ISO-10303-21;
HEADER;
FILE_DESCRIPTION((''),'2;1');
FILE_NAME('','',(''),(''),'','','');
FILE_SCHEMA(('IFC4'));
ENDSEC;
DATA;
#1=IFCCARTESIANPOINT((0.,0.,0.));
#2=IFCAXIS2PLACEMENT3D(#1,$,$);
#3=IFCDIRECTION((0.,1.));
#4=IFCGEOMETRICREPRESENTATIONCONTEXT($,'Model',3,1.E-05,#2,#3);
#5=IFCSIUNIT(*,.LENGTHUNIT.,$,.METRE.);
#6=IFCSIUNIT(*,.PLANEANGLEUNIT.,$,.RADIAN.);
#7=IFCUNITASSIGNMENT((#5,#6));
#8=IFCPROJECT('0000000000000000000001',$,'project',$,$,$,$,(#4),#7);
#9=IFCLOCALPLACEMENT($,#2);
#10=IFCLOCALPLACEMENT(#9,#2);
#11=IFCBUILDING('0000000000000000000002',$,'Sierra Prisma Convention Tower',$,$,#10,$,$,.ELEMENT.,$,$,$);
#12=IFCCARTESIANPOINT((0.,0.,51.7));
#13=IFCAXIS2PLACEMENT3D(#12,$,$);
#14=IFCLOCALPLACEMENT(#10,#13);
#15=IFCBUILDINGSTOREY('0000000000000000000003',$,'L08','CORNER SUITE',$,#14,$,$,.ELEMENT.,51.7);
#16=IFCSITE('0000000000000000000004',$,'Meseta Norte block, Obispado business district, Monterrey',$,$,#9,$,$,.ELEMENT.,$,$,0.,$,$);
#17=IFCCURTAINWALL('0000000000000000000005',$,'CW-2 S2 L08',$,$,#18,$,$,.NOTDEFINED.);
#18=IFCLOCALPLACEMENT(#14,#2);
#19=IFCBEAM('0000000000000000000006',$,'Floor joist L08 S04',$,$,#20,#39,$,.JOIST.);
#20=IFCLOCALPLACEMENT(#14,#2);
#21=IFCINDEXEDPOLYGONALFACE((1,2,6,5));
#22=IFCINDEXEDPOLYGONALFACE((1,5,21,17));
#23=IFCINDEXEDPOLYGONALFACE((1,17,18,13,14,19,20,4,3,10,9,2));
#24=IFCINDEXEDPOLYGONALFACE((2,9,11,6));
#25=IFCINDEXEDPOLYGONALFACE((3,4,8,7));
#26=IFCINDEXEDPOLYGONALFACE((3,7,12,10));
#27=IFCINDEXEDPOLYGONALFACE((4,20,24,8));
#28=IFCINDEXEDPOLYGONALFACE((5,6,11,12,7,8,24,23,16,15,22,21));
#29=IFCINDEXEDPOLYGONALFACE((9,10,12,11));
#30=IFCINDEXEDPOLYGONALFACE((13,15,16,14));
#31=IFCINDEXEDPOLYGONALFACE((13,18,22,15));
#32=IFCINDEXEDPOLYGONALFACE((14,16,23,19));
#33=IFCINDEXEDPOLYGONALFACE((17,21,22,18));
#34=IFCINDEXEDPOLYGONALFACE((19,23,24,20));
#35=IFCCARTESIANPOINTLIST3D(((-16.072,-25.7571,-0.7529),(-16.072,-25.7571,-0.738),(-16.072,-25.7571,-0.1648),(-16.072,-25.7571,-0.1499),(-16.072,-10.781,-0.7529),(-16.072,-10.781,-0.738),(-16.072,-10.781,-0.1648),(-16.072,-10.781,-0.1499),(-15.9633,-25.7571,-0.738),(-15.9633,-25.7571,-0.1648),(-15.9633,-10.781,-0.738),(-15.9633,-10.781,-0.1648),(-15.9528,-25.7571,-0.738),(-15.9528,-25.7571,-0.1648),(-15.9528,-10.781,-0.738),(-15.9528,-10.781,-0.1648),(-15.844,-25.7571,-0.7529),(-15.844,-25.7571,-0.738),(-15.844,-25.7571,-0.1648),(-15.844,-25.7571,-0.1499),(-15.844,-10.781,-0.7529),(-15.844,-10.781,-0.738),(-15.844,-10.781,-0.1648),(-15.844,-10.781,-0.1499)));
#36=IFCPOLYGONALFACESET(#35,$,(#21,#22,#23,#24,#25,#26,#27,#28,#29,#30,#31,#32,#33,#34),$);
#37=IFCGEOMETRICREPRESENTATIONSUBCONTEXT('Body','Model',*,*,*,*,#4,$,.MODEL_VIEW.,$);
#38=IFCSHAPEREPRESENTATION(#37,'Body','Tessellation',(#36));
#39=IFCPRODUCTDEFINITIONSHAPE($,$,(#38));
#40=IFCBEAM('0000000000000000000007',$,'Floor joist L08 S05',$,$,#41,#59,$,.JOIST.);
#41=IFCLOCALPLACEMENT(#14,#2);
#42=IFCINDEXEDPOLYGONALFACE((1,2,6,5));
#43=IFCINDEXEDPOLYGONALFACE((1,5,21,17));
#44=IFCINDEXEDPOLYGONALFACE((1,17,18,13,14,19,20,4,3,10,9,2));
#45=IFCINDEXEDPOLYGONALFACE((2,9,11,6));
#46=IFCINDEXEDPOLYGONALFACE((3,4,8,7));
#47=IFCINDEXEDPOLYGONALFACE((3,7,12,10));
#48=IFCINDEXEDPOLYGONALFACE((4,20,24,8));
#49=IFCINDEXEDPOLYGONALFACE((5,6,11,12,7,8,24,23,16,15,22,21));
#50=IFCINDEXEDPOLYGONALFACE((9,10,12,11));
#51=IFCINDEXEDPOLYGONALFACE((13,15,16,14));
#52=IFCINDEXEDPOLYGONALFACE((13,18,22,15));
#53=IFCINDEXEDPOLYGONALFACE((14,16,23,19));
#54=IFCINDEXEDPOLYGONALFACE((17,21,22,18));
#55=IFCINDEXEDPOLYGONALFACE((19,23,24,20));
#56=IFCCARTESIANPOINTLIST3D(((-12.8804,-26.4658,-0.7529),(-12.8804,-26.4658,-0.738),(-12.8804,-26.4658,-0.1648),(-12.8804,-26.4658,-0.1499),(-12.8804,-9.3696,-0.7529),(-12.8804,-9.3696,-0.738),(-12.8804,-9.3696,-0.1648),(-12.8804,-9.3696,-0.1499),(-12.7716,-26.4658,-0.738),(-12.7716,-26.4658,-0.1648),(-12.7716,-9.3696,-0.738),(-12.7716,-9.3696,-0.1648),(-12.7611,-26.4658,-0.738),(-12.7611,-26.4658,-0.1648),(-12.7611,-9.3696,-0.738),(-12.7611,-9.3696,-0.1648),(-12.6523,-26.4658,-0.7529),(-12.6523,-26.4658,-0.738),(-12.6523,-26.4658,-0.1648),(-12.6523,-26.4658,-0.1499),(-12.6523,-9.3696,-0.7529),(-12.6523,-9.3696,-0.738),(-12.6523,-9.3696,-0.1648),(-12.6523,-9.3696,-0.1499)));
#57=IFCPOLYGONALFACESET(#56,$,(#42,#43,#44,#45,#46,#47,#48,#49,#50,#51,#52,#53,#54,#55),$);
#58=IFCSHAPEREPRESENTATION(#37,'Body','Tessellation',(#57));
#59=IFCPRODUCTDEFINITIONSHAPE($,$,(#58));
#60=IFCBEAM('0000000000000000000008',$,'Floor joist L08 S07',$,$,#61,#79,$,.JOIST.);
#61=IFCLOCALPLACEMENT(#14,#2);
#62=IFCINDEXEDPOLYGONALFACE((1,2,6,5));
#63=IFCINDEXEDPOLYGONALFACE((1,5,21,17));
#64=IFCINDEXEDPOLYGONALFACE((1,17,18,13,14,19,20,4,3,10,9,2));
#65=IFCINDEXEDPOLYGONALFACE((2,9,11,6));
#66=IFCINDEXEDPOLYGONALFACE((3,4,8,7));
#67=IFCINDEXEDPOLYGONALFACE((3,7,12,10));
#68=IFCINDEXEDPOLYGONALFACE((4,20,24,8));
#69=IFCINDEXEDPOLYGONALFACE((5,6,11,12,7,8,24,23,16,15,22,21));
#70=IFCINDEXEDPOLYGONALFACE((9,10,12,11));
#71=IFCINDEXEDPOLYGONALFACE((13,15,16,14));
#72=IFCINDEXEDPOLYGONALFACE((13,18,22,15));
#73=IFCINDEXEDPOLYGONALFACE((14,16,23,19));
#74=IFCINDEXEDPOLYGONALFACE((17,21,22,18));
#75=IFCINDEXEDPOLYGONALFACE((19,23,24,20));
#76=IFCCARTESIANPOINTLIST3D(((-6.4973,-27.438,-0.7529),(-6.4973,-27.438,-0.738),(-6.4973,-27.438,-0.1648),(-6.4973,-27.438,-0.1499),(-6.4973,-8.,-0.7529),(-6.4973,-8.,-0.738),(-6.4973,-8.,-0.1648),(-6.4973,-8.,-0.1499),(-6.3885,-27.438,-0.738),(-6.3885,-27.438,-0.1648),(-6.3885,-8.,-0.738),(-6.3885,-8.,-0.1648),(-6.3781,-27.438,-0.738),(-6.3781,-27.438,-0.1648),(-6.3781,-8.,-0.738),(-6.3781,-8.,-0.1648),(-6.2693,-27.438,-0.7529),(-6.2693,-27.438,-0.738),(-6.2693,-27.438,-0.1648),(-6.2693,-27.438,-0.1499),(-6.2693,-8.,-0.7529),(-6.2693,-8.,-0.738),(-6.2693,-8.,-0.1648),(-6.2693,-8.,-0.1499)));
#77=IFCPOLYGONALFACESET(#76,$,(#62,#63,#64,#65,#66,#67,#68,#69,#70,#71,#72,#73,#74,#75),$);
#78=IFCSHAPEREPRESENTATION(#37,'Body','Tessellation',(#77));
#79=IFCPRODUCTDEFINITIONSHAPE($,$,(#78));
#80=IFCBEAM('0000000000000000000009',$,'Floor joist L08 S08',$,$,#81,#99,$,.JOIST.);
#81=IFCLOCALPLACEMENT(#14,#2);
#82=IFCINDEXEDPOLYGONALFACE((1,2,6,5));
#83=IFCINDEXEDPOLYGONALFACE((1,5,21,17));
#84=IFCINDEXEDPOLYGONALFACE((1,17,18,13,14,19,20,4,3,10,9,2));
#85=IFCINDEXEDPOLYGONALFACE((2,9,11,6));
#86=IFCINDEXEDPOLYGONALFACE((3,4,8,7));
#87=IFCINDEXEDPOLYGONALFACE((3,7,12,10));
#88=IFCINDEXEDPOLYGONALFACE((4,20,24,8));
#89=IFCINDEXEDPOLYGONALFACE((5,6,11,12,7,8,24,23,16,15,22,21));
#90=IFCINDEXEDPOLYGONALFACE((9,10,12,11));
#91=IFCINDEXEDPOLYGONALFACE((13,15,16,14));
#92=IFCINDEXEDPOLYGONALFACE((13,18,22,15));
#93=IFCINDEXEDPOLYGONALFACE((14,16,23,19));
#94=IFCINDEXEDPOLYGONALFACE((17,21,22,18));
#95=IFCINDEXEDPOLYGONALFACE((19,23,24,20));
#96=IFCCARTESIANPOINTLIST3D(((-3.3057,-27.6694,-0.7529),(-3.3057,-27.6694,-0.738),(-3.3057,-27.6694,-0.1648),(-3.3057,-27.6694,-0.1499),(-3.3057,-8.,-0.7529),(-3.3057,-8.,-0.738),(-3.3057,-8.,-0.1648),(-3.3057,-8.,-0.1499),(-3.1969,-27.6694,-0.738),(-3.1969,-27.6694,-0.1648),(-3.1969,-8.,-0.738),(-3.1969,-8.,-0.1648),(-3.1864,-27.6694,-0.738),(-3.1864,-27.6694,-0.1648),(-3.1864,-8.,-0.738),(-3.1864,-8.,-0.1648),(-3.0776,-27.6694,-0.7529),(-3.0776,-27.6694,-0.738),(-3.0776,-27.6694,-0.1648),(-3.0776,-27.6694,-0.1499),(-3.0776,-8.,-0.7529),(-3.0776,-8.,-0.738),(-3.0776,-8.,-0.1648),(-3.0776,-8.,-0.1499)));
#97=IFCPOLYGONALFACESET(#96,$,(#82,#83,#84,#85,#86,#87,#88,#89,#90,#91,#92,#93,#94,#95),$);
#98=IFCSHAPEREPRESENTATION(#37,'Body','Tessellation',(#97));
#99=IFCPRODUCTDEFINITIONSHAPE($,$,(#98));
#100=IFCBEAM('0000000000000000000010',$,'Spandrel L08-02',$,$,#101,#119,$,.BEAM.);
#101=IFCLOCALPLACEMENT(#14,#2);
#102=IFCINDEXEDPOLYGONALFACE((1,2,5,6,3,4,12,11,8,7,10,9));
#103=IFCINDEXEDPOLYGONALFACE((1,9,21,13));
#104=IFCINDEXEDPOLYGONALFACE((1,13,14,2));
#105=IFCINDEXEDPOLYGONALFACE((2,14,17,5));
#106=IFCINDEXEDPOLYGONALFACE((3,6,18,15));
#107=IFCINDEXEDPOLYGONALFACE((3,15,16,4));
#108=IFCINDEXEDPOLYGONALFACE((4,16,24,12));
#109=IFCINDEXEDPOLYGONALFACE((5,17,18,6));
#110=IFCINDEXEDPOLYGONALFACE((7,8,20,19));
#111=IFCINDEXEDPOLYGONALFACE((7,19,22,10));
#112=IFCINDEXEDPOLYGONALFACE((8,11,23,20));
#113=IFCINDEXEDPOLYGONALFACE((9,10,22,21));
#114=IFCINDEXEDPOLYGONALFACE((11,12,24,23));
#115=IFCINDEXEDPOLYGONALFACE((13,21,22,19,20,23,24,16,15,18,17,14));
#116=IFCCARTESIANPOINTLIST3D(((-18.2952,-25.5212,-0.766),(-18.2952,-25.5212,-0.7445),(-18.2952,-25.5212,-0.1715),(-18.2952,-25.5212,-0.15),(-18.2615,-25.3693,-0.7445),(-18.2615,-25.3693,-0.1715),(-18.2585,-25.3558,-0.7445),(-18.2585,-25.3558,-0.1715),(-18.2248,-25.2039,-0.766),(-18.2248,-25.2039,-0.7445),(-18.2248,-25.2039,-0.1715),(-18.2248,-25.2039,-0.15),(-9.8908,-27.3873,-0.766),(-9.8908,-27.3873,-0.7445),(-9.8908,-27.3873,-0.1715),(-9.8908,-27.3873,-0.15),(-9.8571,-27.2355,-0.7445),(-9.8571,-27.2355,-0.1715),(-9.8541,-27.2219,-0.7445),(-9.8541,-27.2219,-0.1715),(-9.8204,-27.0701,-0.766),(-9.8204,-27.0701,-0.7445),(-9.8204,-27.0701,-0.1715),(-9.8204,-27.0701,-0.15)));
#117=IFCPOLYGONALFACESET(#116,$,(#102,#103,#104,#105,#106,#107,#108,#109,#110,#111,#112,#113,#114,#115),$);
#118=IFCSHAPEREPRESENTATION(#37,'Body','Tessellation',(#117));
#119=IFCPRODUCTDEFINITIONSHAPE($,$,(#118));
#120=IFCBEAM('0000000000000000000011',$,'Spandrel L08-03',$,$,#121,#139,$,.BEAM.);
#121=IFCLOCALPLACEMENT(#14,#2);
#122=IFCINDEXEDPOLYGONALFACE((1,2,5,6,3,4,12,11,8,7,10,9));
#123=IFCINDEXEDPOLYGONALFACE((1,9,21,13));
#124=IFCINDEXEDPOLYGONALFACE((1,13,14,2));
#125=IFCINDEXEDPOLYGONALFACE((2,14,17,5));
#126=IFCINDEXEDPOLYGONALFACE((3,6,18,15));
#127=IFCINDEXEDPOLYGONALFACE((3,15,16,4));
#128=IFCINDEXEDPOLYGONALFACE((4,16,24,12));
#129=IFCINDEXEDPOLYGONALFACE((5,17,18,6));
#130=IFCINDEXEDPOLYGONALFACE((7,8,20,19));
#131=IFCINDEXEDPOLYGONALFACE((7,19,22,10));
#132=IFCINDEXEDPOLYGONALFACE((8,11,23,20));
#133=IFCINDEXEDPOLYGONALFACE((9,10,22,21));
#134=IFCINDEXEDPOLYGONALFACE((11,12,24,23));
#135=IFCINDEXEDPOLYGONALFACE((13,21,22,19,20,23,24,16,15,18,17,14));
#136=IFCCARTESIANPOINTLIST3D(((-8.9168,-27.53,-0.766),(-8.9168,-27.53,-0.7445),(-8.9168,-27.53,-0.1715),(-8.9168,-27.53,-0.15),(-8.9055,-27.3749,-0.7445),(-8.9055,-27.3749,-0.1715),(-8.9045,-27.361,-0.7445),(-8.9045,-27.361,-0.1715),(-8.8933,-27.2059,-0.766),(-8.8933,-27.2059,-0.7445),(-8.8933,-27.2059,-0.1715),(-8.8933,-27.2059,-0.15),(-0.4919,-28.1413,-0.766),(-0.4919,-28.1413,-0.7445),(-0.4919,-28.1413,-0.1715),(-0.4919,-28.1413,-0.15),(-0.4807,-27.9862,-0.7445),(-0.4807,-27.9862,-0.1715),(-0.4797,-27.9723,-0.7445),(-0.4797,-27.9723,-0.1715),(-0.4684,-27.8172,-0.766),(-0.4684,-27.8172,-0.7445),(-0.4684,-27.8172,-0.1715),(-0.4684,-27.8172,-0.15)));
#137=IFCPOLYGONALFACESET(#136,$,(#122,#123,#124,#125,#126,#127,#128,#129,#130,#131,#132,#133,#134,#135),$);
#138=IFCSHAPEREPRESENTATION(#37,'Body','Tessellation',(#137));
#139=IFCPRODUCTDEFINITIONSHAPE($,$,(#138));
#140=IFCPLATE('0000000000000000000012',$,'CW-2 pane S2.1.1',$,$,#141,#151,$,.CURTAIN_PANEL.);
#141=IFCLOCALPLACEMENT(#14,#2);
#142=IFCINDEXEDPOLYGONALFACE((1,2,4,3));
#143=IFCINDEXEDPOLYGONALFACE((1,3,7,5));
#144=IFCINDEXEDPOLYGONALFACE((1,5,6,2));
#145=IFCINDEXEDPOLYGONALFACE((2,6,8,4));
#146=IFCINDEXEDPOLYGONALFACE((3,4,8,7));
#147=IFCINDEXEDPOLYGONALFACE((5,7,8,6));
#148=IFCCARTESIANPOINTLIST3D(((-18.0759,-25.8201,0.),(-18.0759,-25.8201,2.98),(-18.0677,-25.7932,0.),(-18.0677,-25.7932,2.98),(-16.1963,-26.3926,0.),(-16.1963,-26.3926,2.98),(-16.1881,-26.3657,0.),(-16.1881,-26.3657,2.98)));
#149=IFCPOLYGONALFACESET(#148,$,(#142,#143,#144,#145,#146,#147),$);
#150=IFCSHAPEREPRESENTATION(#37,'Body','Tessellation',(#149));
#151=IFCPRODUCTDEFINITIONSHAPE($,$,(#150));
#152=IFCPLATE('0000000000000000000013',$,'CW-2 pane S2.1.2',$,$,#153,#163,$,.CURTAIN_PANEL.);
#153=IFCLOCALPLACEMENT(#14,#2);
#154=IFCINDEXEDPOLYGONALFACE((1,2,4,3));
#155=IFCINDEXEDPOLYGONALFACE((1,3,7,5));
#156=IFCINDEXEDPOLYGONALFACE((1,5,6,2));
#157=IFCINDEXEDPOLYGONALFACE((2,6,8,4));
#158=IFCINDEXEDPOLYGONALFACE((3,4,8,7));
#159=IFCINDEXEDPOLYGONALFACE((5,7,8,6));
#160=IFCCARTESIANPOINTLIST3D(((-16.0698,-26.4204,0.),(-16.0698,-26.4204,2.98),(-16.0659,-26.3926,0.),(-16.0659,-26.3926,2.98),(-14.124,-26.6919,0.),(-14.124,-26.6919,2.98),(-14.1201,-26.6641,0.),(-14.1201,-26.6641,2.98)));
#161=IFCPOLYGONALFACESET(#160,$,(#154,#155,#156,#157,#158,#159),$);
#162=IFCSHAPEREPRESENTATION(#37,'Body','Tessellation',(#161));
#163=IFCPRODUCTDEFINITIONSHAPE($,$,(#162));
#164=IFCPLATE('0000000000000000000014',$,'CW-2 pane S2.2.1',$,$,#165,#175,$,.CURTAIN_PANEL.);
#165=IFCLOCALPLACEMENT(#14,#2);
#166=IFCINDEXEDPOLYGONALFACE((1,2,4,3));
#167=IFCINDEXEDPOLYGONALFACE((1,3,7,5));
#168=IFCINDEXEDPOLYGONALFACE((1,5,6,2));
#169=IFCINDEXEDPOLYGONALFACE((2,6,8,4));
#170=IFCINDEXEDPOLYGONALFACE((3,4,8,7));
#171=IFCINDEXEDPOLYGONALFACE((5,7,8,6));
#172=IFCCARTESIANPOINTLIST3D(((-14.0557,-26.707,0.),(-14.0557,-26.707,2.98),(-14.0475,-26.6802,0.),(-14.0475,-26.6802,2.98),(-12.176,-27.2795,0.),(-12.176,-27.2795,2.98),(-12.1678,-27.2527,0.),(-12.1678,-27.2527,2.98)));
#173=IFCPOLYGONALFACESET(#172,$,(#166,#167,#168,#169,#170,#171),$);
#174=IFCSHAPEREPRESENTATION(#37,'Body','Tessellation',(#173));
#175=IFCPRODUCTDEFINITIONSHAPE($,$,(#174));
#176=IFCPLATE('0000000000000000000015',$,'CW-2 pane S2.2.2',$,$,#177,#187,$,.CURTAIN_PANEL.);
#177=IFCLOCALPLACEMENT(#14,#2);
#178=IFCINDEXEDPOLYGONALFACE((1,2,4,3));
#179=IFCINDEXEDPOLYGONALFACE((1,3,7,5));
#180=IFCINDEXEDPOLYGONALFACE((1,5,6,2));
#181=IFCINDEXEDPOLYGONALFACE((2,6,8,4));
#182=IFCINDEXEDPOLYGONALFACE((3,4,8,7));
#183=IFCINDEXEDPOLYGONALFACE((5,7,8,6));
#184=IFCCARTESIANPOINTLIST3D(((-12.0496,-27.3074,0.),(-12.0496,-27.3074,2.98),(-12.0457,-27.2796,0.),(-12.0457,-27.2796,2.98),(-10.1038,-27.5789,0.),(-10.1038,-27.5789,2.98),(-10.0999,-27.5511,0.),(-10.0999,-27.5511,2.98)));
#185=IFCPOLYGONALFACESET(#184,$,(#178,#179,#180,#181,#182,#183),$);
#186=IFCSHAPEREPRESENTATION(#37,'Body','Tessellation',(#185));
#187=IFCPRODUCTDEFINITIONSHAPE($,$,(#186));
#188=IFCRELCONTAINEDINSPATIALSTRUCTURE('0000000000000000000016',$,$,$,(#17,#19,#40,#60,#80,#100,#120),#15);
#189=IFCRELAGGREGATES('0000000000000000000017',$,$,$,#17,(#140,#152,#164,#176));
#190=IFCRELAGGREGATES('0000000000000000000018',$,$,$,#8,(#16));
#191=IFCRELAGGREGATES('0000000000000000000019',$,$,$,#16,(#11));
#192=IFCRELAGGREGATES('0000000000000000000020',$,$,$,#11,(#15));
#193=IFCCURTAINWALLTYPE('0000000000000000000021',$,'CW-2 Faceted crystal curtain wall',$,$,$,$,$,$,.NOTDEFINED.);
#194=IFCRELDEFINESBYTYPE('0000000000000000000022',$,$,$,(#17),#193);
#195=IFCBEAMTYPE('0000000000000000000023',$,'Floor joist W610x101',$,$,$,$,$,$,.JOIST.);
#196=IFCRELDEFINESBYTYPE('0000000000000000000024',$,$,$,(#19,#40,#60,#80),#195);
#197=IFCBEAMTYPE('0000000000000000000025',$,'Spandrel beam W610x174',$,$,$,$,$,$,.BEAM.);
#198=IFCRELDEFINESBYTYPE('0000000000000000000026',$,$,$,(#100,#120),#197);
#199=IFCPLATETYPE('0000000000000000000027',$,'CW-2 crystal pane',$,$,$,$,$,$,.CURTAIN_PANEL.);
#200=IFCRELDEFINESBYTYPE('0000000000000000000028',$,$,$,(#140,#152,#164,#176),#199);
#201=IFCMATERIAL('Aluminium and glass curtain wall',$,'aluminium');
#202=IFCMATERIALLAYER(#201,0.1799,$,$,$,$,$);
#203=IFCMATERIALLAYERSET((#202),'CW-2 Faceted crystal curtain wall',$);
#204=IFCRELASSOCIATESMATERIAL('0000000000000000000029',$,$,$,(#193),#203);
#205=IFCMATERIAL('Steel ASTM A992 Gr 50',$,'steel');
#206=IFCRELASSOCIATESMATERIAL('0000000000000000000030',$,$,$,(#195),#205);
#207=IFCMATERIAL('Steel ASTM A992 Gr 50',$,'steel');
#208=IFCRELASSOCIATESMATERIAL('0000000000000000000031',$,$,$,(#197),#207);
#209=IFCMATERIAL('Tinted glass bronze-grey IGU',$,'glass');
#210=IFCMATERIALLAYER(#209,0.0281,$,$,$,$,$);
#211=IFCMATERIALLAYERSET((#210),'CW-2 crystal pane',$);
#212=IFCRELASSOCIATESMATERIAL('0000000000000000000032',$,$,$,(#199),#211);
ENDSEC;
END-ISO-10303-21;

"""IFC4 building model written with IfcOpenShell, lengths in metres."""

from ifc_helpers import new_model, si_unit, direction, frame, origin, origin_2d, place, context, subcontext, project, spatial, polyline, i_section, outline, extrude, material, layer, layer_set, material_profile, profile_set, type_object, element, aggregate, save


model = new_model("IFC4")

# Units and contexts
model_context = context("Model", 3, precision=1e-05, world=origin(), true_north=direction((0.0, 1.0)))
body_context = subcontext(model_context, "Body", "Model", "MODEL_VIEW")
ifc_project = project(units=[si_unit("LENGTHUNIT", "METRE"), si_unit("PLANEANGLEUNIT", "RADIAN")], contexts=[model_context])

# Site, building, storey
site_placement = place(None, origin())
site = spatial("IfcSite", under=ifc_project, at=site_placement, Name="Meseta Norte block, Obispado business district, Monterrey", CompositionType="ELEMENT", RefElevation=0.0)
building_placement = place(site_placement, origin())
building = spatial("IfcBuilding", under=site, at=building_placement, Name="Sierra Prisma Convention Tower", CompositionType="ELEMENT")
storey_placement = place(building_placement, frame((0.0, 0.0, 51.7)))
storey = spatial("IfcBuildingStorey", under=building, at=storey_placement, Name="L08", Description="CORNER SUITE", CompositionType="ELEMENT", Elevation=51.7)

# Curtain wall
ifc_material_1 = material(Name="Aluminium and glass curtain wall", Category="aluminium")
ifc_layer_1 = layer(ifc_material_1, 0.1799)
ifc_layer_set_1 = layer_set([ifc_layer_1], Name="CW-2 Faceted crystal curtain wall")
curtain_wall_type = type_object("IfcCurtainWallType", Name="CW-2 Faceted crystal curtain wall", PredefinedType="NOTDEFINED", material=ifc_layer_set_1)
curtain_wall_1_placement = place(storey_placement, origin())
curtain_wall_1 = element("IfcCurtainWall", 1, at=curtain_wall_1_placement, inside=storey, type_object=curtain_wall_type, Name="CW-2 S2 L08", PredefinedType="NOTDEFINED")

# Beams
ifc_material_2 = material(Name="Steel ASTM A992 Gr 50", Category="steel")
ifc_material_profile_1 = material_profile(ifc_material_2, i_section(OverallWidth=0.228, OverallDepth=0.603, WebThickness=0.0105, FlangeThickness=0.0149, at=origin_2d()), Name="W610x101")
ifc_profile_set_1 = profile_set([ifc_material_profile_1], Name="Steel ASTM A992 Gr 50")
beam_type_1 = type_object("IfcBeamType", Name="Floor joist W610x101", PredefinedType="JOIST", material=ifc_profile_set_1)
beam_1_placement = place(storey_placement, frame((-15.958, -25.7571, -0.4514), z_axis=(0.0, 1.0, 0.0), x_axis=(-1.0, 0.0, 0.0)))
element("IfcBeam", 2, at=beam_1_placement, inside=storey, type_object=beam_type_1, Name="Floor joist L08 S04", PredefinedType="JOIST", context=body_context, shape_type="SweptSolid", body=[
    extrude(i_section(OverallWidth=0.228, OverallDepth=0.603, WebThickness=0.0105, FlangeThickness=0.0149, at=origin_2d()), origin(), (0.0, 0.0, 1.0), 14.9761),
])
beam_2_placement = place(storey_placement, frame((-12.7664, -26.4658, -0.4514), z_axis=(0.0, 1.0, 0.0), x_axis=(-1.0, 0.0, 0.0)))
element("IfcBeam", 3, at=beam_2_placement, inside=storey, type_object=beam_type_1, Name="Floor joist L08 S05", PredefinedType="JOIST", context=body_context, shape_type="SweptSolid", body=[
    extrude(i_section(OverallWidth=0.228, OverallDepth=0.603, WebThickness=0.0105, FlangeThickness=0.0149, at=origin_2d()), origin(), (0.0, 0.0, 1.0), 17.0962),
])
beam_3_placement = place(storey_placement, frame((-6.3833, -27.438, -0.4514), z_axis=(0.0, 1.0, 0.0), x_axis=(-1.0, 0.0, 0.0)))
element("IfcBeam", 4, at=beam_3_placement, inside=storey, type_object=beam_type_1, Name="Floor joist L08 S07", PredefinedType="JOIST", context=body_context, shape_type="SweptSolid", body=[
    extrude(i_section(OverallWidth=0.228, OverallDepth=0.603, WebThickness=0.0105, FlangeThickness=0.0149, at=origin_2d()), origin(), (0.0, 0.0, 1.0), 19.438),
])
beam_4_placement = place(storey_placement, frame((-3.1917, -27.6694, -0.4514), z_axis=(0.0, 1.0, 0.0), x_axis=(-1.0, 0.0, 0.0)))
element("IfcBeam", 5, at=beam_4_placement, inside=storey, type_object=beam_type_1, Name="Floor joist L08 S08", PredefinedType="JOIST", context=body_context, shape_type="SweptSolid", body=[
    extrude(i_section(OverallWidth=0.228, OverallDepth=0.603, WebThickness=0.0105, FlangeThickness=0.0149, at=origin_2d()), origin(), (0.0, 0.0, 1.0), 19.6694),
])
ifc_material_3 = material(Name="Steel ASTM A992 Gr 50", Category="steel")
ifc_material_profile_2 = material_profile(ifc_material_3, i_section(OverallWidth=0.325, OverallDepth=0.616, WebThickness=0.0139, FlangeThickness=0.0215, at=origin_2d()), Name="W610x174")
ifc_profile_set_2 = profile_set([ifc_material_profile_2], Name="Steel ASTM A992 Gr 50")
beam_type_2 = type_object("IfcBeamType", Name="Spandrel beam W610x174", PredefinedType="BEAM", material=ifc_profile_set_2)
beam_5_placement = place(storey_placement, frame((-18.26, -25.3625, -0.458), z_axis=(0.976223, -0.216768, 0.0), x_axis=(0.216768, 0.976223, 0.0)))
element("IfcBeam", 6, at=beam_5_placement, inside=storey, type_object=beam_type_2, Name="Spandrel L08-02", PredefinedType="BEAM", context=body_context, shape_type="SweptSolid", body=[
    extrude(i_section(OverallWidth=0.325, OverallDepth=0.616, WebThickness=0.0139, FlangeThickness=0.0215, at=origin_2d()), origin(), (0.0, 0.0, 1.0), 8.6091),
])
beam_6_placement = place(storey_placement, frame((-8.905, -27.3679, -0.458), z_axis=(0.997378, -0.072373, 0.0), x_axis=(0.072373, 0.997378, 0.0)))
element("IfcBeam", 7, at=beam_6_placement, inside=storey, type_object=beam_type_2, Name="Spandrel L08-03", PredefinedType="BEAM", context=body_context, shape_type="SweptSolid", body=[
    extrude(i_section(OverallWidth=0.325, OverallDepth=0.616, WebThickness=0.0139, FlangeThickness=0.0215, at=origin_2d()), origin(), (0.0, 0.0, 1.0), 8.447),
])

# Plates
ifc_material_4 = material(Name="Tinted glass bronze-grey IGU", Category="glass")
ifc_layer_2 = layer(ifc_material_4, 0.0281)
ifc_layer_set_2 = layer_set([ifc_layer_2], Name="CW-2 crystal pane")
plate_type = type_object("IfcPlateType", Name="CW-2 crystal pane", PredefinedType="CURTAIN_PANEL", material=ifc_layer_set_2)
plate_1_placement = place(storey_placement, frame((-18.0759, -25.8201, 0.0), z_axis=(-0.291369, -0.956611, 0.0), x_axis=(0.956611, -0.291369, 0.0)))
plate_1 = element("IfcPlate", 8, at=plate_1_placement, type_object=plate_type, Name="CW-2 pane S2.1.1", PredefinedType="CURTAIN_PANEL", context=body_context, shape_type="SweptSolid", body=[
    extrude(outline(polyline([(0.0, 0.0), (1.9649, 0.0), (1.9649, 2.98), (0.0, 2.98), (0.0, 0.0)])), origin(), (0.0, 0.0, -1.0), 0.0281),
])
plate_2_placement = place(storey_placement, frame((-14.124, -26.6919, 0.0), z_axis=(-0.138185, -0.990406, 0.0), x_axis=(-0.990406, 0.138185, 0.0)))
plate_2 = element("IfcPlate", 9, at=plate_2_placement, type_object=plate_type, Name="CW-2 pane S2.1.2", PredefinedType="CURTAIN_PANEL", context=body_context, shape_type="SweptSolid", body=[
    extrude(outline(polyline([(0.0, 0.0), (1.9646, 0.0), (1.9646, -2.98), (0.0, -2.98), (0.0, 0.0)])), origin(), (0.0, 0.0, -1.0), 0.0281),
])
plate_3_placement = place(storey_placement, frame((-14.0557, -26.707, 0.0), z_axis=(-0.291369, -0.956611, 0.0), x_axis=(0.956611, -0.291369, 0.0)))
plate_3 = element("IfcPlate", 10, at=plate_3_placement, type_object=plate_type, Name="CW-2 pane S2.2.1", PredefinedType="CURTAIN_PANEL", context=body_context, shape_type="SweptSolid", body=[
    extrude(outline(polyline([(0.0, 0.0), (1.9649, 0.0), (1.9649, 2.98), (0.0, 2.98), (0.0, 0.0)])), origin(), (0.0, 0.0, -1.0), 0.0281),
])
plate_4_placement = place(storey_placement, frame((-10.1038, -27.5789, 0.0), z_axis=(-0.138185, -0.990406, 0.0), x_axis=(-0.990406, 0.138185, 0.0)))
plate_4 = element("IfcPlate", 11, at=plate_4_placement, type_object=plate_type, Name="CW-2 pane S2.2.2", PredefinedType="CURTAIN_PANEL", context=body_context, shape_type="SweptSolid", body=[
    extrude(outline(polyline([(0.0, 0.0), (1.9646, 0.0), (1.9646, -2.98), (0.0, -2.98), (0.0, 0.0)])), origin(), (0.0, 0.0, -1.0), 0.0281),
])
aggregate(curtain_wall_1, [plate_1, plate_2, plate_3, plate_4])

save(model, "model.ifc")
